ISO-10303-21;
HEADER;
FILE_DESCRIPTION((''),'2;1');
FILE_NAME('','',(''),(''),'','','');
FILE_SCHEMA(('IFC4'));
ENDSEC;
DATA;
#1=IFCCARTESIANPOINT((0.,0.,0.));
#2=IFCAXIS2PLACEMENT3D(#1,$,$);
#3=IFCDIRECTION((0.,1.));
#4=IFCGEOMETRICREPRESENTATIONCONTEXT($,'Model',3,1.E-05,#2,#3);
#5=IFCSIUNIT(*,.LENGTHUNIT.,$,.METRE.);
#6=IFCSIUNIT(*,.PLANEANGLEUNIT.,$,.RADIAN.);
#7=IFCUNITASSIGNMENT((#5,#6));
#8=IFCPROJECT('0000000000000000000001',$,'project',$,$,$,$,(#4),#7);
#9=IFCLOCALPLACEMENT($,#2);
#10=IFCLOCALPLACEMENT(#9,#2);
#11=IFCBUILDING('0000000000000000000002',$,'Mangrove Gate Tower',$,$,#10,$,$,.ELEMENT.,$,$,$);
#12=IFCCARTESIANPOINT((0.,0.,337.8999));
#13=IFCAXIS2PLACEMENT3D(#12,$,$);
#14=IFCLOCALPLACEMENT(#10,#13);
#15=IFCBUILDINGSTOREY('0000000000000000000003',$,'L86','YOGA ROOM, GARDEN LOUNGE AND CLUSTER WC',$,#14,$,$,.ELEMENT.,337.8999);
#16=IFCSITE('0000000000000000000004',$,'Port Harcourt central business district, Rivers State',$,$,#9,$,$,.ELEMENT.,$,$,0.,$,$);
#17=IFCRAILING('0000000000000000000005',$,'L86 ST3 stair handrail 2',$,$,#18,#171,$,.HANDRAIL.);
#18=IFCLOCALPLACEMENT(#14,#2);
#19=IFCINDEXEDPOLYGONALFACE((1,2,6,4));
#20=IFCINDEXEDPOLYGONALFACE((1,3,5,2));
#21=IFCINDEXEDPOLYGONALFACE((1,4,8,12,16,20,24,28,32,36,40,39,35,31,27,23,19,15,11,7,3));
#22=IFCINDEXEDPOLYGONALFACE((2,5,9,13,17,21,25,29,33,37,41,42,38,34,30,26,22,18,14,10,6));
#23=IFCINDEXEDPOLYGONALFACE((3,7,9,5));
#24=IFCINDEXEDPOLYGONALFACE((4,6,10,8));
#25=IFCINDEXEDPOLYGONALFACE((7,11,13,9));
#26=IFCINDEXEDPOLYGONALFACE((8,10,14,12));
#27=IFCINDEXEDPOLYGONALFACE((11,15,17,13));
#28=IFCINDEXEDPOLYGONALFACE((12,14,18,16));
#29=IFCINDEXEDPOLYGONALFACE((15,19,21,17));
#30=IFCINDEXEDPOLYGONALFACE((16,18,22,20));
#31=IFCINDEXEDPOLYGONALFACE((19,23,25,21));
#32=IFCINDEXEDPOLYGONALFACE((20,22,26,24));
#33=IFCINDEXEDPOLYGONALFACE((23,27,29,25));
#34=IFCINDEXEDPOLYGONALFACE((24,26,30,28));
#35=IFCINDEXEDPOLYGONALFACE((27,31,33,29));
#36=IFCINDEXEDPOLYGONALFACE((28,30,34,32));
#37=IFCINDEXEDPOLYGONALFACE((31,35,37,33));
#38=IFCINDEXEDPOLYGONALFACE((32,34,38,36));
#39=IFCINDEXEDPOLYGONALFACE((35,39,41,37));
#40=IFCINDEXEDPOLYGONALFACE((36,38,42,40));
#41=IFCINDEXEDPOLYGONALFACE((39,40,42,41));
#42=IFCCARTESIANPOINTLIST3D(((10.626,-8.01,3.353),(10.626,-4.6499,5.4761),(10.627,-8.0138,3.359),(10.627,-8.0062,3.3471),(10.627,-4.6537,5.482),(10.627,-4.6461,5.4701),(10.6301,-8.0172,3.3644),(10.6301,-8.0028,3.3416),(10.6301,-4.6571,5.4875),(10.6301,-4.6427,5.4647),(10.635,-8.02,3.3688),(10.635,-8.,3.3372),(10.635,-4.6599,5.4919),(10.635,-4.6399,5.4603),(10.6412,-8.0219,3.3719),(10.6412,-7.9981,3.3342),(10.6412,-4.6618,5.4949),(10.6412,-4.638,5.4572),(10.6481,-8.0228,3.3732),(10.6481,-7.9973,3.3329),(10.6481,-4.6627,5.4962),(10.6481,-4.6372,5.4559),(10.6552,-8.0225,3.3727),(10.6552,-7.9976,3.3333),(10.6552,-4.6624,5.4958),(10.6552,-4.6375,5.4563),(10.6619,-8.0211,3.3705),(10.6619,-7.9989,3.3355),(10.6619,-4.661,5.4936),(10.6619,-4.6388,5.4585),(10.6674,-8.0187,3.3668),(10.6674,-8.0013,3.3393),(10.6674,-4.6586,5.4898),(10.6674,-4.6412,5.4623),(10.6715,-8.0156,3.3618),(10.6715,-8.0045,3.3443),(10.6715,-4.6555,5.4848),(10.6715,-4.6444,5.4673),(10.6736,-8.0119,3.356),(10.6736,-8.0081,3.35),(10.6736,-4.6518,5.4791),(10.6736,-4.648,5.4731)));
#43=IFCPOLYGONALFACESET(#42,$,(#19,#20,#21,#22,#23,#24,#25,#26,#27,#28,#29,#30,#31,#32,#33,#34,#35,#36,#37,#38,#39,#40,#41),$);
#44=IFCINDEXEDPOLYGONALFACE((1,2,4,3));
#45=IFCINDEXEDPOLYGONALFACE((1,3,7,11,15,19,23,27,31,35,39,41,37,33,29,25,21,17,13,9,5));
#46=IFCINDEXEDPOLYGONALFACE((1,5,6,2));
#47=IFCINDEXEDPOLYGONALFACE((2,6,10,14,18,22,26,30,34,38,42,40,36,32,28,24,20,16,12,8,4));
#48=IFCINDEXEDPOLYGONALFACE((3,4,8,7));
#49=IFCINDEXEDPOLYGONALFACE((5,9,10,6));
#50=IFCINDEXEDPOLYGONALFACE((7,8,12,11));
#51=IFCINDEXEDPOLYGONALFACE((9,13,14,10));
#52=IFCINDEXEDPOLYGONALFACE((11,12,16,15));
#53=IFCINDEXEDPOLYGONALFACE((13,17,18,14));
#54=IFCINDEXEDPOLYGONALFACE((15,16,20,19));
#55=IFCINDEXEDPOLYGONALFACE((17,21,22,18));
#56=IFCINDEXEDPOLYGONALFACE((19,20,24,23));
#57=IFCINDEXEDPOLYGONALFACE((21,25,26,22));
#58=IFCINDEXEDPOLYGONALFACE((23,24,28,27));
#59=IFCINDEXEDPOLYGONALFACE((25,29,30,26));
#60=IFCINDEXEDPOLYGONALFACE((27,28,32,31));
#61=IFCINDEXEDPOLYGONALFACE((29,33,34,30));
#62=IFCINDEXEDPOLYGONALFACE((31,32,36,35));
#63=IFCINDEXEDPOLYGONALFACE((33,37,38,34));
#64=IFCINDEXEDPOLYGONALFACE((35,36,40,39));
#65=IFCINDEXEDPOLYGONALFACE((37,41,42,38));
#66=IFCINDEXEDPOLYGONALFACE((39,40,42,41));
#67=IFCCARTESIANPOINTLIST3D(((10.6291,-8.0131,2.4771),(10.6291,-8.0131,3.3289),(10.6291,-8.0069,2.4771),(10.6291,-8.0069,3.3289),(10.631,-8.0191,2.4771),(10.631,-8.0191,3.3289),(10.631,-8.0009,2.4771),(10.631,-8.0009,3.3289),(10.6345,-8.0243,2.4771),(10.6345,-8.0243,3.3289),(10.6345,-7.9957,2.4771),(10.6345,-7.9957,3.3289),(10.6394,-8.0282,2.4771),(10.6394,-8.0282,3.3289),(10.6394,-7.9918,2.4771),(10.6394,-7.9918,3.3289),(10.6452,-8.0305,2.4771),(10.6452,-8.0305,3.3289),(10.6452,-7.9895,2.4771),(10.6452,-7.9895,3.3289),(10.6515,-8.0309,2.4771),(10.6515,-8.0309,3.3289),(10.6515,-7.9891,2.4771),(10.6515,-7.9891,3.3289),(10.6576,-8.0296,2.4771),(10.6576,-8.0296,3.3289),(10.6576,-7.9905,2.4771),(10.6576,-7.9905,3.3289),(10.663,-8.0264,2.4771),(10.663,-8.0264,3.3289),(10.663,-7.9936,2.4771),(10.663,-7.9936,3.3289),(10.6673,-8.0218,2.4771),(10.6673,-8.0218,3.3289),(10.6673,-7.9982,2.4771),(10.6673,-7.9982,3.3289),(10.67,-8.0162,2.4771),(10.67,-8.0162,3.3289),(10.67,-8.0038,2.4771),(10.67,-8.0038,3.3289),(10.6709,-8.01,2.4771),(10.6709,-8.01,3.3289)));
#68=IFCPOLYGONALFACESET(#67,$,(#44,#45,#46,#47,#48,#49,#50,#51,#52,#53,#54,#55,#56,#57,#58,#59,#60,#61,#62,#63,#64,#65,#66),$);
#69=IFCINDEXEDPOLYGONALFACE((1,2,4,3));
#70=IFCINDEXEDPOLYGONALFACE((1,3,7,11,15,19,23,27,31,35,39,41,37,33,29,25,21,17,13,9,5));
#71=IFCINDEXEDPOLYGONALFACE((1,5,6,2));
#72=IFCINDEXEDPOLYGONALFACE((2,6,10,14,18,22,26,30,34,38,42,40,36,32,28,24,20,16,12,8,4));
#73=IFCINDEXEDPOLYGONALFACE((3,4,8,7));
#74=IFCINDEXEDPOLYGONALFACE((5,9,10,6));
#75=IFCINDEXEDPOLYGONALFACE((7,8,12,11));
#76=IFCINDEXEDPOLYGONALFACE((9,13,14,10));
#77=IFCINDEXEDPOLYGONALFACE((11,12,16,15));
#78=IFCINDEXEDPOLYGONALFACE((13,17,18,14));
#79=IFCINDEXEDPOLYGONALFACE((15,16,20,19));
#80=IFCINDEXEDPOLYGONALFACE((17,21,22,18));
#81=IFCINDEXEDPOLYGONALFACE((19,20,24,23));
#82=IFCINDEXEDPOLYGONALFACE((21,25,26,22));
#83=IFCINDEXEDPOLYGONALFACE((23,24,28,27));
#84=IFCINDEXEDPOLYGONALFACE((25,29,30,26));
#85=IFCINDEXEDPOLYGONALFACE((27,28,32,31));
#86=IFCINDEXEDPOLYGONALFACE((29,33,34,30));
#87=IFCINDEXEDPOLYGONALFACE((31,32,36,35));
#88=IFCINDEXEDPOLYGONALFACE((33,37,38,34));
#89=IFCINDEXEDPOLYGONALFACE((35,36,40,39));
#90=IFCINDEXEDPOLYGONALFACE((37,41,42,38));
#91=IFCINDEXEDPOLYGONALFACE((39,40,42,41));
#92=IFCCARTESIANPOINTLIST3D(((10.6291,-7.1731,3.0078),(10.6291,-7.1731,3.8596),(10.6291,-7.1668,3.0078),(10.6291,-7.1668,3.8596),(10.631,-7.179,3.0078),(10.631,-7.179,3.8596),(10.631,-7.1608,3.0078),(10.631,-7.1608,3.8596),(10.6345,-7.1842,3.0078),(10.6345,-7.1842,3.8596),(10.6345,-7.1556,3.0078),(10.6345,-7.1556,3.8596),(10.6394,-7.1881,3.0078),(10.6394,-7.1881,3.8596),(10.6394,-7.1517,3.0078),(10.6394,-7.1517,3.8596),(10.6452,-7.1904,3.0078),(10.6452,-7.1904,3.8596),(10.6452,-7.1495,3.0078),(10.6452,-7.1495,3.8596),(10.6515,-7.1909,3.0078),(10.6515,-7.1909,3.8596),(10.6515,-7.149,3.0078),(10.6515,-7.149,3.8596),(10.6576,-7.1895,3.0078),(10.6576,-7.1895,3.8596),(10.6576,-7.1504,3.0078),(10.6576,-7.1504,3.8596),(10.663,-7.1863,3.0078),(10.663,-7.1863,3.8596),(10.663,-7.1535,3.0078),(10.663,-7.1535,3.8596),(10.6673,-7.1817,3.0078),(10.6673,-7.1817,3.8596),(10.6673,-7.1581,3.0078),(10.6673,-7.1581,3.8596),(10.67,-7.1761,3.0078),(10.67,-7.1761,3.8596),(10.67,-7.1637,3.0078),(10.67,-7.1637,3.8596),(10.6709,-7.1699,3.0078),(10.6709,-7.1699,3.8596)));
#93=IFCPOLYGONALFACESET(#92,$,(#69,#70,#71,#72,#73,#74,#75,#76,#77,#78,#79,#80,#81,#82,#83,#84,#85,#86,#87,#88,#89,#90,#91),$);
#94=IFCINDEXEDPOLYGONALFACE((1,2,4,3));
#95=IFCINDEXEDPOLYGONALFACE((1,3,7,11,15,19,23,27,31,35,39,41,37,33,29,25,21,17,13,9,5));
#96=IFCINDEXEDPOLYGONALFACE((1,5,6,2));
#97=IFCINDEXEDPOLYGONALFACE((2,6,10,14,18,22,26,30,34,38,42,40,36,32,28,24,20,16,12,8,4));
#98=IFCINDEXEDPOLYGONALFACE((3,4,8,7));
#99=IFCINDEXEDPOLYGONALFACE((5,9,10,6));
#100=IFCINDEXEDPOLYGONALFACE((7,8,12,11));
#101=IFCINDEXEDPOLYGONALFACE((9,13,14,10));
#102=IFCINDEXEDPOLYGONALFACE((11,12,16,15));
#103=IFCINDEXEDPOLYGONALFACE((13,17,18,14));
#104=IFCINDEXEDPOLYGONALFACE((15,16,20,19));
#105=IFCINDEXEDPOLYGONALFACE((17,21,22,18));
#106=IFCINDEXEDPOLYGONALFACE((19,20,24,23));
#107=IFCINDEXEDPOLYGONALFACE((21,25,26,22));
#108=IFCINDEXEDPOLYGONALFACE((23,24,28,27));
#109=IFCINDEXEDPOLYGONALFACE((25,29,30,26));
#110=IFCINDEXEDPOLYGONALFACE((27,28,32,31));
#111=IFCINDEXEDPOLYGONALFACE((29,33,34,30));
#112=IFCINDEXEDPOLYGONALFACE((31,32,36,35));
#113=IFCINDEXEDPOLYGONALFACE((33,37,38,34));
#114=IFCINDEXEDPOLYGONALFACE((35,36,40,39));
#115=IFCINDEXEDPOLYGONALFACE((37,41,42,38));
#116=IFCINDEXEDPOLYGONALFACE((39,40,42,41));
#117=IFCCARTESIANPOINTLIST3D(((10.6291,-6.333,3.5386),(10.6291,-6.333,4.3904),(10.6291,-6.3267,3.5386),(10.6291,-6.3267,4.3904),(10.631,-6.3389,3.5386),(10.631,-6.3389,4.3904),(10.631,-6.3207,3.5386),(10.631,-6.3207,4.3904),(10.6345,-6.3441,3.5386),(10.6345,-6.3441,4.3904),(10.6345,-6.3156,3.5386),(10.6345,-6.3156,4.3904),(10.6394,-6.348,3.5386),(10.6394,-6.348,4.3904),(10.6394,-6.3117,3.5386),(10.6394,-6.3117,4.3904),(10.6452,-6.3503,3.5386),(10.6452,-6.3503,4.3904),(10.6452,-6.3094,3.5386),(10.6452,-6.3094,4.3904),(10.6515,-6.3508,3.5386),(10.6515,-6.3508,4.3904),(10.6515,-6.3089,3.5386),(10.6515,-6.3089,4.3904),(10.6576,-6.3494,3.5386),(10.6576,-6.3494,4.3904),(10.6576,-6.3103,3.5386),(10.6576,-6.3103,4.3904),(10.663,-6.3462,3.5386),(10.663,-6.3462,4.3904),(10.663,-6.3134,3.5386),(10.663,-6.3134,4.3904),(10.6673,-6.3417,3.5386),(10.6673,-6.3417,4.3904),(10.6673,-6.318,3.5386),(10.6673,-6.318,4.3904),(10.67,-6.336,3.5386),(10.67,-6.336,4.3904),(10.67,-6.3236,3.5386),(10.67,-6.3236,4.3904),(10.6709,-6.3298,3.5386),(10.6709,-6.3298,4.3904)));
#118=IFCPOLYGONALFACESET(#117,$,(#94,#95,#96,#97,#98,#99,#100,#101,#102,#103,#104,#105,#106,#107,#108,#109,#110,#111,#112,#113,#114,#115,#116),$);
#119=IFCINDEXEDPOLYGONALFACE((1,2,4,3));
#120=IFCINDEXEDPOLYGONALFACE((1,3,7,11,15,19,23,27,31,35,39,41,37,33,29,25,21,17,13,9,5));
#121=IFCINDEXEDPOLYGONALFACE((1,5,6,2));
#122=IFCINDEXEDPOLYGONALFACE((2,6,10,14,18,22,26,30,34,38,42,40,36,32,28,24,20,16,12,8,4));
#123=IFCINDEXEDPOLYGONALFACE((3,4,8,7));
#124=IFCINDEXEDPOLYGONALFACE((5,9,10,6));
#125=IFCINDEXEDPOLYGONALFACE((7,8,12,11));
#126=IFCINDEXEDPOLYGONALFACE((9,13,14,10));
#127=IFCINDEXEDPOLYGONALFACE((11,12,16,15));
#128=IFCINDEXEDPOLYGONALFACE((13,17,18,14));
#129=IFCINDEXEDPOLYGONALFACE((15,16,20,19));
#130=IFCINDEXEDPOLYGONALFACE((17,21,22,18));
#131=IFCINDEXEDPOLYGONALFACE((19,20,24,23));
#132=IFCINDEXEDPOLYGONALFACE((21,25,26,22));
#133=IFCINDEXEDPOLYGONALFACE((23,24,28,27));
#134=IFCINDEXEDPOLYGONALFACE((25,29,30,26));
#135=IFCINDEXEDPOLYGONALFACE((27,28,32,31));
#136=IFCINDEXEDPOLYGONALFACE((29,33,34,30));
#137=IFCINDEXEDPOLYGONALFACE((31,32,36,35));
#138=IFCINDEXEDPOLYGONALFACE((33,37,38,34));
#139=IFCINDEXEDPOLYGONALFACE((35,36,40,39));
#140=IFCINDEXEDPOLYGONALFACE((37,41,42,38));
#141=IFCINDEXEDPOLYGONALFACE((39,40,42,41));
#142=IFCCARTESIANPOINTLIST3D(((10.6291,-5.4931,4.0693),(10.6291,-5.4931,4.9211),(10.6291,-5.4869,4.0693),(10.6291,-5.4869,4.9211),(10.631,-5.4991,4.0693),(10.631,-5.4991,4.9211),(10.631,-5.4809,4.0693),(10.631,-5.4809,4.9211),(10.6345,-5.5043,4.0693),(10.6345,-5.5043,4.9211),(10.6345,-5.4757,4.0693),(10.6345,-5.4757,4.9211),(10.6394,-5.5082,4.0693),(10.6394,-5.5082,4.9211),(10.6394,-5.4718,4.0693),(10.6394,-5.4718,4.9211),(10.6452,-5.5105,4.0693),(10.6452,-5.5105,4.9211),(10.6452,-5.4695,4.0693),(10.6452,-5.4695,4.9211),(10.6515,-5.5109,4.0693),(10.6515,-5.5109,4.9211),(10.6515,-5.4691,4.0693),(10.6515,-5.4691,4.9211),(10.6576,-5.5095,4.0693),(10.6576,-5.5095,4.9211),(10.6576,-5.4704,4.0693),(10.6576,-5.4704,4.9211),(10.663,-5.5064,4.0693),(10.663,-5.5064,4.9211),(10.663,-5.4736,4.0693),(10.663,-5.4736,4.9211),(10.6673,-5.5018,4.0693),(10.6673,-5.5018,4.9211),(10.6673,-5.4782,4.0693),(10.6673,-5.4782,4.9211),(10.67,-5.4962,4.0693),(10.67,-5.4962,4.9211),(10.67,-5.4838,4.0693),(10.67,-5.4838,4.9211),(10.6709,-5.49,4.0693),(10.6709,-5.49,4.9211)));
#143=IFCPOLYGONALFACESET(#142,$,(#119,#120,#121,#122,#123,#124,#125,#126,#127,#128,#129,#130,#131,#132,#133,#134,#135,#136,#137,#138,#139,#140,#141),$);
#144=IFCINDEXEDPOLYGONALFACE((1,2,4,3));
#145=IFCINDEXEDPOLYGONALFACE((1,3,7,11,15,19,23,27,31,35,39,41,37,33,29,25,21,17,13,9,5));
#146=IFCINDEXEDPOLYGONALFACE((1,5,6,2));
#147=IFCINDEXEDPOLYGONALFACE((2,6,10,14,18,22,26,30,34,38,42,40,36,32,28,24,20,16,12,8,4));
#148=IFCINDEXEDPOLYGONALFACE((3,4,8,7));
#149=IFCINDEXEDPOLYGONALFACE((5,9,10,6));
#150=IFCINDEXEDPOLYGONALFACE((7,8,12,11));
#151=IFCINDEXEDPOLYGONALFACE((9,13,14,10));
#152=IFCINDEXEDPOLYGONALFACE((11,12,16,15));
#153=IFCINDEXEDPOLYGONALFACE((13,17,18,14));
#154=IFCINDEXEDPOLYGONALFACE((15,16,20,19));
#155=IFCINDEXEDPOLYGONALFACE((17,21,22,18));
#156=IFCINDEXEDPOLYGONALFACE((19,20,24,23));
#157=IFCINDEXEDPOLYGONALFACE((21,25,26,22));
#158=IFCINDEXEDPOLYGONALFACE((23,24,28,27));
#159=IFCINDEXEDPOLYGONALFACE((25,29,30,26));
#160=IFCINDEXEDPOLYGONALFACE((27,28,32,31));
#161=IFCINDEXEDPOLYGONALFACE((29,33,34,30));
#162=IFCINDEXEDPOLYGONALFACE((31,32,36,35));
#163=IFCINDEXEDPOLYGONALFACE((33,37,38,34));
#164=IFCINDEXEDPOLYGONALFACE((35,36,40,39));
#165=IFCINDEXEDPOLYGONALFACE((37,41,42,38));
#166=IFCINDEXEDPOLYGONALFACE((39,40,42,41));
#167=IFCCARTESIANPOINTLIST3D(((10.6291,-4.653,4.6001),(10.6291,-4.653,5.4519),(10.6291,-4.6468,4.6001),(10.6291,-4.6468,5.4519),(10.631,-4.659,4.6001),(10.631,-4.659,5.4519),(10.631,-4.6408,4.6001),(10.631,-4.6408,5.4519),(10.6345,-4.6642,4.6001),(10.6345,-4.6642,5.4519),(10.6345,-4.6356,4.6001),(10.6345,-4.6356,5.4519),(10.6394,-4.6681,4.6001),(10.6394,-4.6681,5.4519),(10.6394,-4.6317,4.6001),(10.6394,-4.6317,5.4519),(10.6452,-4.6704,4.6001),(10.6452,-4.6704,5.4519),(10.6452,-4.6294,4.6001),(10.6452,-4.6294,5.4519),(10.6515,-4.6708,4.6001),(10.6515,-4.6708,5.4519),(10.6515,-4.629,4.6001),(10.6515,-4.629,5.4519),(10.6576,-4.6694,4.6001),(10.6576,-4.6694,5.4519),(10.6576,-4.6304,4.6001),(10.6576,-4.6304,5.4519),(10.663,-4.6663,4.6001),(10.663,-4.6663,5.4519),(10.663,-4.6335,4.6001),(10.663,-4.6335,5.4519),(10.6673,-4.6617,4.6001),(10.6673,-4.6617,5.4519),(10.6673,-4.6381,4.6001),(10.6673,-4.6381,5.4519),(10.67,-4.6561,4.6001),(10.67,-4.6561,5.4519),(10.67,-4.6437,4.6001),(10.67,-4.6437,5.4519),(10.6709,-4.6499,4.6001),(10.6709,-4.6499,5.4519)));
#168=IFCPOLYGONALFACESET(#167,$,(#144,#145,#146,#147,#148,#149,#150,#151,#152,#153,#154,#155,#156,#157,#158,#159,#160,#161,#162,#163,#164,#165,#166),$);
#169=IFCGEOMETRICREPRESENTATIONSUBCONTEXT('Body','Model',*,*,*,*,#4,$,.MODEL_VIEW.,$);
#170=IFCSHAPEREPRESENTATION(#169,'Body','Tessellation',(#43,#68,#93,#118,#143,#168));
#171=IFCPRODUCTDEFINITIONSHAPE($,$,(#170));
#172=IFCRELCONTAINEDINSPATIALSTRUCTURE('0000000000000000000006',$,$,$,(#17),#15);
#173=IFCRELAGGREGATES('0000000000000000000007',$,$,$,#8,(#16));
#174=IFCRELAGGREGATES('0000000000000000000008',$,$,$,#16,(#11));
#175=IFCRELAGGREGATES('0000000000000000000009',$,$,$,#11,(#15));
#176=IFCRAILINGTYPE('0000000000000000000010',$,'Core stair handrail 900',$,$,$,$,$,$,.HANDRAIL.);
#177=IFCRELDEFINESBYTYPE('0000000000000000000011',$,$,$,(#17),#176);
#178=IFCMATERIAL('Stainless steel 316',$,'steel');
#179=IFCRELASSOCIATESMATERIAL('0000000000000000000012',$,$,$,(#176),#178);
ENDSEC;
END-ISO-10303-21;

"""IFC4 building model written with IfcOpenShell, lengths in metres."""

from ifc_helpers import new_model, si_unit, direction, frame, origin, origin_2d, place, context, subcontext, project, spatial, circle, extrude, material, type_object, element, save


model = new_model("IFC4")

# Units and contexts
model_context = context("Model", 3, precision=1e-05, world=origin(), true_north=direction((0.0, 1.0)))
body_context = subcontext(model_context, "Body", "Model", "MODEL_VIEW")
ifc_project = project(units=[si_unit("LENGTHUNIT", "METRE"), si_unit("PLANEANGLEUNIT", "RADIAN")], contexts=[model_context])

# Site, building, storey
site_placement = place(None, origin())
site = spatial("IfcSite", under=ifc_project, at=site_placement, Name="Port Harcourt central business district, Rivers State", CompositionType="ELEMENT", RefElevation=0.0)
building_placement = place(site_placement, origin())
building = spatial("IfcBuilding", under=site, at=building_placement, Name="Mangrove Gate Tower", CompositionType="ELEMENT")
storey_placement = place(building_placement, frame((0.0, 0.0, 337.8999)))
storey = spatial("IfcBuildingStorey", under=building, at=storey_placement, Name="L86", Description="YOGA ROOM, GARDEN LOUNGE AND CLUSTER WC", CompositionType="ELEMENT", Elevation=337.8999)

# Railing
ifc_material_1 = material(Name="Stainless steel 316", Category="steel")
railing_type_1 = type_object("IfcRailingType", Name="Core stair handrail 900", PredefinedType="HANDRAIL", material=ifc_material_1)
railing_1_placement = place(storey_placement, frame((10.6499, -8.01, 2.4771)))
element("IfcRailing", 1, at=railing_1_placement, inside=storey, type_object=railing_type_1, Name="L86 ST3 stair handrail 2", PredefinedType="HANDRAIL", context=body_context, shape_type="SweptSolid", body=[
    extrude(circle(Radius=0.0239, at=origin_2d()), frame((0.0, 0.0, 0.876), z_axis=(0.0, 0.84539, 0.53415), x_axis=(-1.0, 0.0, 0.0)), (0.0, 0.0, 1.0), 3.9746),
    extrude(circle(Radius=0.021, at=origin_2d()), origin(), (0.0, 0.0, 1.0), 0.8518),
    extrude(circle(Radius=0.021, at=origin_2d()), frame((0.0, 0.8401, 0.5308)), (0.0, 0.0, 1.0), 0.8518),
    extrude(circle(Radius=0.021, at=origin_2d()), frame((0.0, 1.6802, 1.0615)), (0.0, 0.0, 1.0), 0.8518),
    extrude(circle(Radius=0.021, at=origin_2d()), frame((0.0, 2.52, 1.5923)), (0.0, 0.0, 1.0), 0.8518),
    extrude(circle(Radius=0.021, at=origin_2d()), frame((0.0, 3.3601, 2.123)), (0.0, 0.0, 1.0), 0.8518),
])

save(model, "model.ifc")
